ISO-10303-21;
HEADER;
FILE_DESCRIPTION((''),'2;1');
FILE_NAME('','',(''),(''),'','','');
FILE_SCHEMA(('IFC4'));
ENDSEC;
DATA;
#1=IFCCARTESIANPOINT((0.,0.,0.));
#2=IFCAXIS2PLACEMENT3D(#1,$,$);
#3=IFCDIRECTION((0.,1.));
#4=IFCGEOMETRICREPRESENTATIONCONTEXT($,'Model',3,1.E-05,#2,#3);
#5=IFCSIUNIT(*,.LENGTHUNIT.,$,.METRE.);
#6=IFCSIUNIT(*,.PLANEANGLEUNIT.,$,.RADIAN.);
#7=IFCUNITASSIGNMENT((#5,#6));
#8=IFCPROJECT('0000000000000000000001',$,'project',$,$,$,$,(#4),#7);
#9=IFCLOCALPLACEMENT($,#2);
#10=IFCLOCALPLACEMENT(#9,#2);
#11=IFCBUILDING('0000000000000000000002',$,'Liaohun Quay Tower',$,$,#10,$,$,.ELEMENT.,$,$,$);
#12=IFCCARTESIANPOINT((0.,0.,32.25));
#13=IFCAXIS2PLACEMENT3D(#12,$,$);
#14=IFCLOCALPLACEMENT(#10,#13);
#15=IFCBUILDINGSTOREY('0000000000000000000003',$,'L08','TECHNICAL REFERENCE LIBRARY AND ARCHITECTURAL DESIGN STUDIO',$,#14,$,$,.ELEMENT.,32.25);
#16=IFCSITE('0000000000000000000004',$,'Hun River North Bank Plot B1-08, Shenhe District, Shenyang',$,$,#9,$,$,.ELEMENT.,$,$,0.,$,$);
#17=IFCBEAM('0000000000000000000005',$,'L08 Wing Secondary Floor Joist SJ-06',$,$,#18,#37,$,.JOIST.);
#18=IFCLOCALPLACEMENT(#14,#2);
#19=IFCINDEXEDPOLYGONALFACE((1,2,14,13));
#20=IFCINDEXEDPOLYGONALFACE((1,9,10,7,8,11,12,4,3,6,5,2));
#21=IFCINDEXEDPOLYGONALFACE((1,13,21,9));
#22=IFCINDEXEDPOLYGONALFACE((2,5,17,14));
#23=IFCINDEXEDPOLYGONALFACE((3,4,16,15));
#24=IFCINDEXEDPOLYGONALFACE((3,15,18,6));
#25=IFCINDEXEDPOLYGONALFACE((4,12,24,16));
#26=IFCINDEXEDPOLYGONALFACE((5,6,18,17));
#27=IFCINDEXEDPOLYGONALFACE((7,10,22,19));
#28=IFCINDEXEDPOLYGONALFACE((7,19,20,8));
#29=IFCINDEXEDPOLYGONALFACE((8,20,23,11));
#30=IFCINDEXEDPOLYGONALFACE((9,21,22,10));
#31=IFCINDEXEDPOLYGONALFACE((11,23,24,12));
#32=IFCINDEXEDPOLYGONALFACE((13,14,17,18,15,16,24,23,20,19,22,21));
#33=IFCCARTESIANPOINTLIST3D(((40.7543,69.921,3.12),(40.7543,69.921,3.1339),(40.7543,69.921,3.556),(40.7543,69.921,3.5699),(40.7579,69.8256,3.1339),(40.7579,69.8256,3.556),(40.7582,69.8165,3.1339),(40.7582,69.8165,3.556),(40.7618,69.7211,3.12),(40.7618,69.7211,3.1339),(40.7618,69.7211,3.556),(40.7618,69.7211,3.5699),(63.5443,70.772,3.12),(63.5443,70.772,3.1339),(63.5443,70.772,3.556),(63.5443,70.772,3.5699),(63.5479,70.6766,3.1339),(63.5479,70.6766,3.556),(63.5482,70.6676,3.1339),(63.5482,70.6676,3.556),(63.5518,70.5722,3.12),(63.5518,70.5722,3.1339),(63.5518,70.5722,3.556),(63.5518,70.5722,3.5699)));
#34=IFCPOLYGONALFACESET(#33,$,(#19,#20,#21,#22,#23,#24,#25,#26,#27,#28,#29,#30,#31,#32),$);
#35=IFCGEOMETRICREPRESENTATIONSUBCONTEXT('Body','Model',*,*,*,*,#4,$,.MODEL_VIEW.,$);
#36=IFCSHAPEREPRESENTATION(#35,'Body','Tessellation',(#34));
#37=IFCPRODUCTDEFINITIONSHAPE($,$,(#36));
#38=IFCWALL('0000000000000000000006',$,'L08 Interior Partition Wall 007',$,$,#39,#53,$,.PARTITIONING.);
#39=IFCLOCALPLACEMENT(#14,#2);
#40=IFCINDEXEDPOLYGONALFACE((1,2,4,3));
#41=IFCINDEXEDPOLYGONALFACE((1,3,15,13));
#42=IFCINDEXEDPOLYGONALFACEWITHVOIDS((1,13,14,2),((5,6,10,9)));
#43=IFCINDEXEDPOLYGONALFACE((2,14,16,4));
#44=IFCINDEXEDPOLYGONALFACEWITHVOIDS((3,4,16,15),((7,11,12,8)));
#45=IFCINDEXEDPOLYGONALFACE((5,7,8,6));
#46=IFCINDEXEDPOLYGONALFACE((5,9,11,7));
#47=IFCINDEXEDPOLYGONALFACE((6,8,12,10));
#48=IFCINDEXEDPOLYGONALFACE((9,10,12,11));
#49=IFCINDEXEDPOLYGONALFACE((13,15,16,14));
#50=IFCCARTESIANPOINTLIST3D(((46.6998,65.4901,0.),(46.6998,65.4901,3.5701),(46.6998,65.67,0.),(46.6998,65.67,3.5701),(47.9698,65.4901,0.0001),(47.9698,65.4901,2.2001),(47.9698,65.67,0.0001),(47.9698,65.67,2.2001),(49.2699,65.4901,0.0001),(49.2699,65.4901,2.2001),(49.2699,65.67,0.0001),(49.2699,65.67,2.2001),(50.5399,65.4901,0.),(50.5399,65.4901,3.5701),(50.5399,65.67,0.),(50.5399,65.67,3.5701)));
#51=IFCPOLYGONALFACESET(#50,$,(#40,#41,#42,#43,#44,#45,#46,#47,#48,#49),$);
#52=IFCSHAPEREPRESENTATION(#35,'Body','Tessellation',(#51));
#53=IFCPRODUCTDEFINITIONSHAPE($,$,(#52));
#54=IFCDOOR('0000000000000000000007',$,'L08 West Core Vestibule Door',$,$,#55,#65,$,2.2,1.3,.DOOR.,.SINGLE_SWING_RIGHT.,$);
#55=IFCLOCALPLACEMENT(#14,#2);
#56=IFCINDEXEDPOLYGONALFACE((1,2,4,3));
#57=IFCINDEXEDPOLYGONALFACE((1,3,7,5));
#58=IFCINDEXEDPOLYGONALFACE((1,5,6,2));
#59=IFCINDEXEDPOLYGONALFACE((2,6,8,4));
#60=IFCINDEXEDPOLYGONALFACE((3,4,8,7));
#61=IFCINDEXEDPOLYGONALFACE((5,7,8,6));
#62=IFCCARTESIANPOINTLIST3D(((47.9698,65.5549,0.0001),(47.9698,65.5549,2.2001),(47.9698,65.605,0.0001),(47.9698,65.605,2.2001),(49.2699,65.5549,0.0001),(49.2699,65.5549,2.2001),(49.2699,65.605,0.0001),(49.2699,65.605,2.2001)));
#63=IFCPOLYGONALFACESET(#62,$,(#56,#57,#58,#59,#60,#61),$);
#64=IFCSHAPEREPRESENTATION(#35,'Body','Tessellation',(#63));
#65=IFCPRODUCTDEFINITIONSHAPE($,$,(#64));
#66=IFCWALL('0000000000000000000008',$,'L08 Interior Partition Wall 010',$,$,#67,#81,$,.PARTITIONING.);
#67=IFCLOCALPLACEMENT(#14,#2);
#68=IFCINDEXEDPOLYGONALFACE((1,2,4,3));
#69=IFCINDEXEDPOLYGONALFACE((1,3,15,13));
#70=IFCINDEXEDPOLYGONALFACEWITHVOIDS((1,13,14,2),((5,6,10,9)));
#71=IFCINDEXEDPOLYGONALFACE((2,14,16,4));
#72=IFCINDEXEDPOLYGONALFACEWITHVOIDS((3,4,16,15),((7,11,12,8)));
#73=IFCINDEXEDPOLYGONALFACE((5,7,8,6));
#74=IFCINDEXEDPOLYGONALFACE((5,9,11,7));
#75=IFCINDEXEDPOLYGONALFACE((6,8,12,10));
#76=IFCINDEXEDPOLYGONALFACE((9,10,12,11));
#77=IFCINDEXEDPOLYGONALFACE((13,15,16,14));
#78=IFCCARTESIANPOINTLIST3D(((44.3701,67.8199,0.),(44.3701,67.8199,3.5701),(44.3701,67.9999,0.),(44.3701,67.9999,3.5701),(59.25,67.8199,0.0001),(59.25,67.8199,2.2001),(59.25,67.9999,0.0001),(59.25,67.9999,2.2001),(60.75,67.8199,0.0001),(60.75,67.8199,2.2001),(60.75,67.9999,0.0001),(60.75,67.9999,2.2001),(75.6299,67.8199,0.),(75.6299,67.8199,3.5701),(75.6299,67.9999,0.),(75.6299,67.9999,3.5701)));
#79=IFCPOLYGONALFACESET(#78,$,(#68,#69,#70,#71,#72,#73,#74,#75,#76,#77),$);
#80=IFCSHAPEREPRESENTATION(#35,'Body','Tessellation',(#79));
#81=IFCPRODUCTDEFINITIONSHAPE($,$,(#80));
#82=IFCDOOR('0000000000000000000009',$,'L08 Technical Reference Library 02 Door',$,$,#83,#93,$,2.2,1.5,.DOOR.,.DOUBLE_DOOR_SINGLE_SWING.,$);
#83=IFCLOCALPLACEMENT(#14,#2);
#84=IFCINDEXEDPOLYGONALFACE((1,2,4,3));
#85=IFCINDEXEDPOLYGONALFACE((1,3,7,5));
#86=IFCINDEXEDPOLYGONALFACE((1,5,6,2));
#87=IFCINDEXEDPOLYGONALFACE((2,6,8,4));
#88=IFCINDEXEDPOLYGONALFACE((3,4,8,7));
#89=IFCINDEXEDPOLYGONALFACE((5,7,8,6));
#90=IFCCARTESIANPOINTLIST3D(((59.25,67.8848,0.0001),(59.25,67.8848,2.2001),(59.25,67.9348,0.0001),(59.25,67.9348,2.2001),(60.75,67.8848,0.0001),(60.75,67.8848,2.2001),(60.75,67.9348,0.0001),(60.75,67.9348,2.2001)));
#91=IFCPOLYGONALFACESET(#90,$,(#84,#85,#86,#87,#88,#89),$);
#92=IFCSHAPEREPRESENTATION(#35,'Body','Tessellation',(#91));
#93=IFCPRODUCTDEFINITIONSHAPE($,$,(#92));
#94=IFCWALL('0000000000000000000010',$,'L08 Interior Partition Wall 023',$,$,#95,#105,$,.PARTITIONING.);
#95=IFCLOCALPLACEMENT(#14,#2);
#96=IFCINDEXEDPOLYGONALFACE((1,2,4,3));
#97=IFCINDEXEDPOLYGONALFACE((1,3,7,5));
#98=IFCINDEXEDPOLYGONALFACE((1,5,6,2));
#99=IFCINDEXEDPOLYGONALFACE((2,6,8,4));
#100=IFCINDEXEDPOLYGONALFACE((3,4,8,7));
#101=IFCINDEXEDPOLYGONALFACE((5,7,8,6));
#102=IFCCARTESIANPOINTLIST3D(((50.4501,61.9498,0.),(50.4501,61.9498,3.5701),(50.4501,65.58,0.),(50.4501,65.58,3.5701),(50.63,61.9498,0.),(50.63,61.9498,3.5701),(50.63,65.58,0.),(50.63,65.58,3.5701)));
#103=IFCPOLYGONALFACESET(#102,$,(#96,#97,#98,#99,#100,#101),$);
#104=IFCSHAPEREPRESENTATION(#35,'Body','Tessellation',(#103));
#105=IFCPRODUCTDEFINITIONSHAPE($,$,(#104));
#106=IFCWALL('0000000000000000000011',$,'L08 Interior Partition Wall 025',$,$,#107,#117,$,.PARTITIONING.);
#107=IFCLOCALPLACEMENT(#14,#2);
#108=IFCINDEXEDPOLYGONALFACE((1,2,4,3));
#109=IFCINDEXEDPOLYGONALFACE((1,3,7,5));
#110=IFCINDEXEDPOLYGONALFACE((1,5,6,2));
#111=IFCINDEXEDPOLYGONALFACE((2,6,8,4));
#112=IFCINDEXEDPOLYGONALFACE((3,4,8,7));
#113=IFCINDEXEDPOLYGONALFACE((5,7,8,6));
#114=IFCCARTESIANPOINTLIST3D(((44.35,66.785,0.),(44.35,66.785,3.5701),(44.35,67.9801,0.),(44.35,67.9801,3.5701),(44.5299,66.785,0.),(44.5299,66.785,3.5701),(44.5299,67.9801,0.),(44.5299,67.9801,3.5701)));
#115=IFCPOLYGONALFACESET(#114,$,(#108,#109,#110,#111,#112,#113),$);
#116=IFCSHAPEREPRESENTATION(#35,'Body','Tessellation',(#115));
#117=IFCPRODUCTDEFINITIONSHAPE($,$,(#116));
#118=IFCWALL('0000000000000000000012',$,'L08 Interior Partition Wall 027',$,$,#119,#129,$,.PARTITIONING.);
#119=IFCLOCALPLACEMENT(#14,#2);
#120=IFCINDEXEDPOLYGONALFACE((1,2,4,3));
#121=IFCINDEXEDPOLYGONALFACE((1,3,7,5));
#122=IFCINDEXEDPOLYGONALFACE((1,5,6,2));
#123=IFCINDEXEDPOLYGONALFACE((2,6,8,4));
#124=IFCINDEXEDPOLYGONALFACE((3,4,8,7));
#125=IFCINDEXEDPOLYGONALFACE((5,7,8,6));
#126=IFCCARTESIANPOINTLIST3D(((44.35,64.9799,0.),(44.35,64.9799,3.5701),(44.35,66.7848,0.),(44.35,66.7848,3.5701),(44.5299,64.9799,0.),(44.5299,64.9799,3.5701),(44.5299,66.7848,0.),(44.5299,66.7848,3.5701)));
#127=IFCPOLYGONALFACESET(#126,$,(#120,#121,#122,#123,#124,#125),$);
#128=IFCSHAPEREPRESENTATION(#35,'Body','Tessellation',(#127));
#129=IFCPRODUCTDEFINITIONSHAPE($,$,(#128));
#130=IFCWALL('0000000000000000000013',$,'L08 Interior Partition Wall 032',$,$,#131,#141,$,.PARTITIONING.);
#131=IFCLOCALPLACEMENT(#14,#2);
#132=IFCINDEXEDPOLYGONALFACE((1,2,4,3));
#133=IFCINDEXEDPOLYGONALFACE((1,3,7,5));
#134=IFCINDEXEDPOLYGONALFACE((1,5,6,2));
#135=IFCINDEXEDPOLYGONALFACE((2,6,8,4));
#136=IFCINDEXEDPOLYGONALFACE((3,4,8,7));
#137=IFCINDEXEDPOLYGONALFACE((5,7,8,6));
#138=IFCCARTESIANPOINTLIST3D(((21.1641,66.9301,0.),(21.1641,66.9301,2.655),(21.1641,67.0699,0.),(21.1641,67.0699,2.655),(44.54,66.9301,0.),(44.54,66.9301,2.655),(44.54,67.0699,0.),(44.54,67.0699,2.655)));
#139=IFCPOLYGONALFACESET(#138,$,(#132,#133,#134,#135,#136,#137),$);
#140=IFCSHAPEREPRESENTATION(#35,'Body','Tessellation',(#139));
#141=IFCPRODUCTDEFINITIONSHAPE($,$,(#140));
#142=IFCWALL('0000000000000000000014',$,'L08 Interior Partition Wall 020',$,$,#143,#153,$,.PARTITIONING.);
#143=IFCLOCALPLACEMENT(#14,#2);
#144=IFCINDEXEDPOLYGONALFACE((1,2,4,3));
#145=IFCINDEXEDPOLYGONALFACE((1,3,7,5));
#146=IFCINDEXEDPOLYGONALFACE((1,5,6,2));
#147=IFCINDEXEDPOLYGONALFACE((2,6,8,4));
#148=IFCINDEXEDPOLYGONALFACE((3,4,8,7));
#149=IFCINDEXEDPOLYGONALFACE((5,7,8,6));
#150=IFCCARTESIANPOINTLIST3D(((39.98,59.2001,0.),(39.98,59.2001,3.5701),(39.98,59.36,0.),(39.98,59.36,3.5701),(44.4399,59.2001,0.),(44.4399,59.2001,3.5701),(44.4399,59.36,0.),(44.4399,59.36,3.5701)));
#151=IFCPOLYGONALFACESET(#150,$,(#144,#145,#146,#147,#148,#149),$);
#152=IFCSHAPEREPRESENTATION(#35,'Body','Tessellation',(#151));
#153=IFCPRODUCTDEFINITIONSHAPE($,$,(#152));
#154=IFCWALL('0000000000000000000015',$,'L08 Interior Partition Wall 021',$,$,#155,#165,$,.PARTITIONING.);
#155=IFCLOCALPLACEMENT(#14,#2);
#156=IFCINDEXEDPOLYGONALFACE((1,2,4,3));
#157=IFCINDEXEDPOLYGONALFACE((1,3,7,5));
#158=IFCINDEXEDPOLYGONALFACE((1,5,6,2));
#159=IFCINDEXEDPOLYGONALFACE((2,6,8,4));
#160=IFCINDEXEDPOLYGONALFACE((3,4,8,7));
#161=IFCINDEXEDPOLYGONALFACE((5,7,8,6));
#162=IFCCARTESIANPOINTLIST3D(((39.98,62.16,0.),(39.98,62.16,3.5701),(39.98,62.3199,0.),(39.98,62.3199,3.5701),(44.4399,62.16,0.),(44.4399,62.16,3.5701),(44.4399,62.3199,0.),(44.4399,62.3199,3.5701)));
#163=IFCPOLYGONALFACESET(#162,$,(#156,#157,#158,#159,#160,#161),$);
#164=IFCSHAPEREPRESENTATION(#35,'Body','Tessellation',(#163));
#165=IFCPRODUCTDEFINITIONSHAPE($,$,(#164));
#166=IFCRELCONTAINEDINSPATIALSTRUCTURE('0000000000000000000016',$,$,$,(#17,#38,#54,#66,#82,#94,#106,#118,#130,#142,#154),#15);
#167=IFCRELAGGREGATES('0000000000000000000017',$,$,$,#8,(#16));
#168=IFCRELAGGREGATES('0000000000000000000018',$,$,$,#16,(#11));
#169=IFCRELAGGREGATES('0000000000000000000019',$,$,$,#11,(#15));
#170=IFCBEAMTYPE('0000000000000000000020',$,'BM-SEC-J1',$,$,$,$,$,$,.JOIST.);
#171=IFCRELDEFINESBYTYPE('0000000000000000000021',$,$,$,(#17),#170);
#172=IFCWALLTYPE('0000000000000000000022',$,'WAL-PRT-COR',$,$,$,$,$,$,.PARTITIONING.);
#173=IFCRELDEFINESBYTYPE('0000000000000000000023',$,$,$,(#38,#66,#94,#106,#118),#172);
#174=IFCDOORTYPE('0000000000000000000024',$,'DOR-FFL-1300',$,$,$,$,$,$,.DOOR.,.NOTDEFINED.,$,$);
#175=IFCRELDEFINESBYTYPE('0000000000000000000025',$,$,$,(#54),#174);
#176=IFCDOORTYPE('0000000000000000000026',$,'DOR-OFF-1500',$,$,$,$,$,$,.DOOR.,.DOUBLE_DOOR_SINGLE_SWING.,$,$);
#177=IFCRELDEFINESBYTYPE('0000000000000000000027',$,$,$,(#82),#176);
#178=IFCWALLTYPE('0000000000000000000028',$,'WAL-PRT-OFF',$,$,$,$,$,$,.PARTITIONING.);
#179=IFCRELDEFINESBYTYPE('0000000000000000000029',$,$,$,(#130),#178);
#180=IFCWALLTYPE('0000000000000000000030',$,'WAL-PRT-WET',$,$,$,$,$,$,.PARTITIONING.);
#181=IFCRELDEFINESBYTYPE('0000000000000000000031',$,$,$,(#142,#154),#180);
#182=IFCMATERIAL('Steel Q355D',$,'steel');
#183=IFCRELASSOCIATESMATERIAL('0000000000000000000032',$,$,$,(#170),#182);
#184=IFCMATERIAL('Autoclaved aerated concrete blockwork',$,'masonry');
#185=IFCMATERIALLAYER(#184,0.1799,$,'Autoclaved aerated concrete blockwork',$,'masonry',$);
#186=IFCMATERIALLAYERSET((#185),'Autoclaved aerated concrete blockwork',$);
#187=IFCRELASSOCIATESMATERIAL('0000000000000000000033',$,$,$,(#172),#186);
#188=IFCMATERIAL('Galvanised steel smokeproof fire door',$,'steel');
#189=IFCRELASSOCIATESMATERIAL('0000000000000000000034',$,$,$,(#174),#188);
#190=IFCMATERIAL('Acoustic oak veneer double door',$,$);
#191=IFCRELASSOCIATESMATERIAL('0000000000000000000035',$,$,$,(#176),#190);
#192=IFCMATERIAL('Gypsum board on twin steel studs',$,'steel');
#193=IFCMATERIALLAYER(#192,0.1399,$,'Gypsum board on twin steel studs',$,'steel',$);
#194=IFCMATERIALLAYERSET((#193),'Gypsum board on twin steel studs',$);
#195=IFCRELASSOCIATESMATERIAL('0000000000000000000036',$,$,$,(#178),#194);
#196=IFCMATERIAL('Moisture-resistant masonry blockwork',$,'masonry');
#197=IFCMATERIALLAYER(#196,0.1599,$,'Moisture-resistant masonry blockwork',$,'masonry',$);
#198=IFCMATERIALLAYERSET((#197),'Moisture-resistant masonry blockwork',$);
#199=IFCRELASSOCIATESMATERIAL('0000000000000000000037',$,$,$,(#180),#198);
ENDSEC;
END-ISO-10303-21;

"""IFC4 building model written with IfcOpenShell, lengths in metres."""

from ifc_helpers import new_model, si_unit, direction, frame, frame_2d, origin, origin_2d, place, context, subcontext, project, spatial, rectangle, i_section, extrude, source, transform, mapped, material, layer, layer_set, material_profile, profile_set, type_object, element, fill, save


model = new_model("IFC4")

# Units and contexts
model_context = context("Model", 3, precision=1e-05, world=origin(), true_north=direction((0.0, 1.0)))
body_context = subcontext(model_context, "Body", "Model", "MODEL_VIEW")
ifc_project = project(units=[si_unit("LENGTHUNIT", "METRE"), si_unit("PLANEANGLEUNIT", "RADIAN")], contexts=[model_context])

# Site, building, storey
site_placement = place(None, origin())
site = spatial("IfcSite", under=ifc_project, at=site_placement, Name="Hun River North Bank Plot B1-08, Shenhe District, Shenyang", CompositionType="ELEMENT", RefElevation=0.0)
building_placement = place(site_placement, origin())
building = spatial("IfcBuilding", under=site, at=building_placement, Name="Liaohun Quay Tower", CompositionType="ELEMENT")
storey_placement = place(building_placement, frame((0.0, 0.0, 32.25)))
storey = spatial("IfcBuildingStorey", under=building, at=storey_placement, Name="L08", Description="TECHNICAL REFERENCE LIBRARY AND ARCHITECTURAL DESIGN STUDIO", CompositionType="ELEMENT", Elevation=32.25)

# Beam
ifc_material_1 = material(Name="Steel Q355D", Category="steel")
ifc_material_profile = material_profile(ifc_material_1, i_section(OverallWidth=0.2, OverallDepth=0.45, WebThickness=0.009, FlangeThickness=0.0139, at=origin_2d()), Name="HN450x200x9x14")
ifc_profile_set = profile_set([ifc_material_profile], Name="Steel Q355D")
beam_type = type_object("IfcBeamType", Name="BM-SEC-J1", PredefinedType="JOIST", material=ifc_profile_set)
shared_shape_1 = source(origin(), body_context, "Body", "SweptSolid", [
    extrude(i_section(OverallWidth=0.2, OverallDepth=0.45, WebThickness=0.009, FlangeThickness=0.0139, at=origin_2d()), origin(), (0.0, 0.0, 1.0), 22.8059),
])
beam_placement = place(storey_placement, frame((40.7581, 69.821, 3.345), z_axis=(0.999303, 0.037318, 0.0), x_axis=(-0.037318, 0.999303, 0.0)))
element("IfcBeam", 1, at=beam_placement, inside=storey, type_object=beam_type, Name="L08 Wing Secondary Floor Joist SJ-06", PredefinedType="JOIST", context=body_context, shape_type="MappedRepresentation", body=[
    mapped(shared_shape_1, transform((0.0, 0.0, 0.0), x_axis=(1.0, 0.0, 0.0), y_axis=(0.0, 1.0, 0.0), z_axis=(0.0, 0.0, 1.0), scale=1.0)),
])

# Walls, openings, doors
ifc_material_2 = material(Name="Autoclaved aerated concrete blockwork", Category="masonry")
ifc_layer_1 = layer(ifc_material_2, 0.1799, Name="Autoclaved aerated concrete blockwork", Category="masonry")
ifc_layer_set_1 = layer_set([ifc_layer_1], Name="Autoclaved aerated concrete blockwork")
wall_type_1 = type_object("IfcWallType", Name="WAL-PRT-COR", PredefinedType="PARTITIONING", material=ifc_layer_set_1)
wall_1_placement = place(storey_placement, frame((46.7, 65.5801, 0.0), z_axis=(0.0, 0.0, 1.0), x_axis=(1.0, 0.0, 0.0)))
wall_1 = element("IfcWall", 2, at=wall_1_placement, inside=storey, type_object=wall_type_1, Name="L08 Interior Partition Wall 007", PredefinedType="PARTITIONING", context=body_context, shape_type="SweptSolid", body=[
    extrude(rectangle(XDim=3.8401, YDim=0.1799, at=frame_2d((1.9199, 0.0))), origin(), (0.0, 0.0, 1.0), 3.5701),
])
shared_shape_2 = source(origin(), body_context, "Body", "SweptSolid", [
    extrude(rectangle(XDim=1.3, YDim=2.2, at=frame_2d((0.6499, 1.1001))), frame((0.0, 0.0999, 0.0), z_axis=(0.0, -1.0, 0.0), x_axis=(1.0, 0.0, 0.0)), (0.0, 0.0, 1.0), 0.2),
])
opening_1_placement = place(wall_1_placement, frame((1.27, 0.0, 0.0)))
opening_1 = element("IfcOpeningElement", 3, at=opening_1_placement, cuts=wall_1, PredefinedType="OPENING", context=body_context, shape_type="MappedRepresentation", body=[
    mapped(shared_shape_2, transform((0.0, 0.0, 0.0), x_axis=(1.0, 0.0, 0.0), y_axis=(0.0, 1.0, 0.0), z_axis=(0.0, 0.0, 1.0), scale=1.0)),
])
ifc_material_3 = material(Name="Galvanised steel smokeproof fire door", Category="steel")
door_type_1 = type_object("IfcDoorType", Name="DOR-FFL-1300", OperationType="NOTDEFINED", PredefinedType="DOOR", material=ifc_material_3)
shared_shape_3 = source(origin(), body_context, "Body", "SweptSolid", [
    extrude(rectangle(XDim=1.3, YDim=2.2, at=frame_2d((0.6499, 1.1001))), frame((0.0, 0.0249, 0.0), z_axis=(0.0, -1.0, 0.0), x_axis=(1.0, 0.0, 0.0)), (0.0, 0.0, 1.0), 0.05),
])
door_1_placement = place(opening_1_placement, origin())
door_1 = element("IfcDoor", 4, at=door_1_placement, inside=storey, type_object=door_type_1, Name="L08 West Core Vestibule Door", OperationType="SINGLE_SWING_RIGHT", OverallHeight=2.2, OverallWidth=1.3, PredefinedType="DOOR", context=body_context, shape_type="MappedRepresentation", body=[
    mapped(shared_shape_3, transform((0.0, 0.0, 0.0), x_axis=(1.0, 0.0, 0.0), y_axis=(0.0, 1.0, 0.0), z_axis=(0.0, 0.0, 1.0), scale=1.0)),
])
fill(opening_1, door_1)
wall_2_placement = place(storey_placement, frame((44.3701, 67.9099, 0.0), z_axis=(0.0, 0.0, 1.0), x_axis=(1.0, 0.0, 0.0)))
wall_2 = element("IfcWall", 5, at=wall_2_placement, inside=storey, type_object=wall_type_1, Name="L08 Interior Partition Wall 010", PredefinedType="PARTITIONING", context=body_context, shape_type="SweptSolid", body=[
    extrude(rectangle(XDim=31.2598, YDim=0.1799, at=frame_2d((15.6299, 0.0))), origin(), (0.0, 0.0, 1.0), 3.5701),
])
shared_shape_4 = source(origin(), body_context, "Body", "SweptSolid", [
    extrude(rectangle(XDim=1.5, YDim=2.2, at=frame_2d((0.75, 1.1001))), frame((0.0, 0.0999, 0.0), z_axis=(0.0, -1.0, 0.0), x_axis=(1.0, 0.0, 0.0)), (0.0, 0.0, 1.0), 0.2),
])
opening_2_placement = place(wall_2_placement, frame((14.8799, 0.0, 0.0)))
opening_2 = element("IfcOpeningElement", 6, at=opening_2_placement, cuts=wall_2, PredefinedType="OPENING", context=body_context, shape_type="MappedRepresentation", body=[
    mapped(shared_shape_4, transform((0.0, 0.0, 0.0), x_axis=(1.0, 0.0, 0.0), y_axis=(0.0, 1.0, 0.0), z_axis=(0.0, 0.0, 1.0), scale=1.0)),
])
ifc_material_4 = material(Name="Acoustic oak veneer double door")
door_type_2 = type_object("IfcDoorType", Name="DOR-OFF-1500", OperationType="DOUBLE_DOOR_SINGLE_SWING", PredefinedType="DOOR", material=ifc_material_4)
shared_shape_5 = source(origin(), body_context, "Body", "SweptSolid", [
    extrude(rectangle(XDim=1.5, YDim=2.2, at=frame_2d((0.75, 1.1001))), frame((0.0, 0.0249, 0.0), z_axis=(0.0, -1.0, 0.0), x_axis=(1.0, 0.0, 0.0)), (0.0, 0.0, 1.0), 0.05),
])
door_2_placement = place(opening_2_placement, origin())
door_2 = element("IfcDoor", 7, at=door_2_placement, inside=storey, type_object=door_type_2, Name="L08 Technical Reference Library 02 Door", OperationType="DOUBLE_DOOR_SINGLE_SWING", OverallHeight=2.2, OverallWidth=1.5, PredefinedType="DOOR", context=body_context, shape_type="MappedRepresentation", body=[
    mapped(shared_shape_5, transform((0.0, 0.0, 0.0), x_axis=(1.0, 0.0, 0.0), y_axis=(0.0, 1.0, 0.0), z_axis=(0.0, 0.0, 1.0), scale=1.0)),
])
fill(opening_2, door_2)

# Walls
wall_3_placement = place(storey_placement, frame((50.54, 61.95, 0.0), z_axis=(0.0, 0.0, 1.0), x_axis=(0.0, 1.0, 0.0)))
element("IfcWall", 8, at=wall_3_placement, inside=storey, type_object=wall_type_1, Name="L08 Interior Partition Wall 023", PredefinedType="PARTITIONING", context=body_context, shape_type="SweptSolid", body=[
    extrude(rectangle(XDim=3.6301, YDim=0.1799, at=frame_2d((1.8149, 0.0))), origin(), (0.0, 0.0, 1.0), 3.5701),
])
wall_4_placement = place(storey_placement, frame((44.4399, 66.7849, 0.0), z_axis=(0.0, 0.0, 1.0), x_axis=(0.0, 1.0, 0.0)))
element("IfcWall", 9, at=wall_4_placement, inside=storey, type_object=wall_type_1, Name="L08 Interior Partition Wall 025", PredefinedType="PARTITIONING", context=body_context, shape_type="SweptSolid", body=[
    extrude(rectangle(XDim=1.1951, YDim=0.1799, at=frame_2d((0.5977, 0.0))), origin(), (0.0, 0.0, 1.0), 3.5701),
])
wall_5_placement = place(storey_placement, frame((44.4399, 64.98, 0.0), z_axis=(0.0, 0.0, 1.0), x_axis=(0.0, 1.0, 0.0)))
element("IfcWall", 10, at=wall_5_placement, inside=storey, type_object=wall_type_1, Name="L08 Interior Partition Wall 027", PredefinedType="PARTITIONING", context=body_context, shape_type="SweptSolid", body=[
    extrude(rectangle(XDim=1.8049, YDim=0.1799, at=frame_2d((0.9023, 0.0))), origin(), (0.0, 0.0, 1.0), 3.5701),
])
ifc_material_5 = material(Name="Gypsum board on twin steel studs", Category="steel")
ifc_layer_2 = layer(ifc_material_5, 0.1399, Name="Gypsum board on twin steel studs", Category="steel")
ifc_layer_set_2 = layer_set([ifc_layer_2], Name="Gypsum board on twin steel studs")
wall_type_2 = type_object("IfcWallType", Name="WAL-PRT-OFF", PredefinedType="PARTITIONING", material=ifc_layer_set_2)
wall_6_placement = place(storey_placement, frame((44.54, 67.0, 0.0), z_axis=(0.0, 0.0, 1.0), x_axis=(-1.0, 0.0, 0.0)))
element("IfcWall", 11, at=wall_6_placement, inside=storey, type_object=wall_type_2, Name="L08 Interior Partition Wall 032", PredefinedType="PARTITIONING", context=body_context, shape_type="SweptSolid", body=[
    extrude(rectangle(XDim=23.376, YDim=0.1399, at=frame_2d((11.688, 0.0))), origin(), (0.0, 0.0, 1.0), 2.655),
])

# Shared definitions
ifc_material_6 = material(Name="Moisture-resistant masonry blockwork", Category="masonry")
ifc_layer_3 = layer(ifc_material_6, 0.1599, Name="Moisture-resistant masonry blockwork", Category="masonry")
ifc_layer_set_3 = layer_set([ifc_layer_3], Name="Moisture-resistant masonry blockwork")
wall_type_3 = type_object("IfcWallType", Name="WAL-PRT-WET", PredefinedType="PARTITIONING", material=ifc_layer_set_3)

# Walls
for number, where, z_axis, x_axis, name in (
    (12, (39.98, 59.28, 0.0), (0.0, 0.0, 1.0), (1.0, 0.0, 0.0), "L08 Interior Partition Wall 020"),
    (13, (39.98, 62.24, 0.0), (0.0, 0.0, 1.0), (1.0, 0.0, 0.0), "L08 Interior Partition Wall 021"),
):
    element("IfcWall", number, at=place(storey_placement, frame(where, z_axis=z_axis, x_axis=x_axis)), inside=storey, type_object=wall_type_3, Name=name, PredefinedType="PARTITIONING", context=body_context, shape_type="SweptSolid", body=[
        extrude(rectangle(XDim=4.46, YDim=0.1599, at=frame_2d((2.23, 0.0))), origin(), (0.0, 0.0, 1.0), 3.5701),
    ])

save(model, "model.ifc")
